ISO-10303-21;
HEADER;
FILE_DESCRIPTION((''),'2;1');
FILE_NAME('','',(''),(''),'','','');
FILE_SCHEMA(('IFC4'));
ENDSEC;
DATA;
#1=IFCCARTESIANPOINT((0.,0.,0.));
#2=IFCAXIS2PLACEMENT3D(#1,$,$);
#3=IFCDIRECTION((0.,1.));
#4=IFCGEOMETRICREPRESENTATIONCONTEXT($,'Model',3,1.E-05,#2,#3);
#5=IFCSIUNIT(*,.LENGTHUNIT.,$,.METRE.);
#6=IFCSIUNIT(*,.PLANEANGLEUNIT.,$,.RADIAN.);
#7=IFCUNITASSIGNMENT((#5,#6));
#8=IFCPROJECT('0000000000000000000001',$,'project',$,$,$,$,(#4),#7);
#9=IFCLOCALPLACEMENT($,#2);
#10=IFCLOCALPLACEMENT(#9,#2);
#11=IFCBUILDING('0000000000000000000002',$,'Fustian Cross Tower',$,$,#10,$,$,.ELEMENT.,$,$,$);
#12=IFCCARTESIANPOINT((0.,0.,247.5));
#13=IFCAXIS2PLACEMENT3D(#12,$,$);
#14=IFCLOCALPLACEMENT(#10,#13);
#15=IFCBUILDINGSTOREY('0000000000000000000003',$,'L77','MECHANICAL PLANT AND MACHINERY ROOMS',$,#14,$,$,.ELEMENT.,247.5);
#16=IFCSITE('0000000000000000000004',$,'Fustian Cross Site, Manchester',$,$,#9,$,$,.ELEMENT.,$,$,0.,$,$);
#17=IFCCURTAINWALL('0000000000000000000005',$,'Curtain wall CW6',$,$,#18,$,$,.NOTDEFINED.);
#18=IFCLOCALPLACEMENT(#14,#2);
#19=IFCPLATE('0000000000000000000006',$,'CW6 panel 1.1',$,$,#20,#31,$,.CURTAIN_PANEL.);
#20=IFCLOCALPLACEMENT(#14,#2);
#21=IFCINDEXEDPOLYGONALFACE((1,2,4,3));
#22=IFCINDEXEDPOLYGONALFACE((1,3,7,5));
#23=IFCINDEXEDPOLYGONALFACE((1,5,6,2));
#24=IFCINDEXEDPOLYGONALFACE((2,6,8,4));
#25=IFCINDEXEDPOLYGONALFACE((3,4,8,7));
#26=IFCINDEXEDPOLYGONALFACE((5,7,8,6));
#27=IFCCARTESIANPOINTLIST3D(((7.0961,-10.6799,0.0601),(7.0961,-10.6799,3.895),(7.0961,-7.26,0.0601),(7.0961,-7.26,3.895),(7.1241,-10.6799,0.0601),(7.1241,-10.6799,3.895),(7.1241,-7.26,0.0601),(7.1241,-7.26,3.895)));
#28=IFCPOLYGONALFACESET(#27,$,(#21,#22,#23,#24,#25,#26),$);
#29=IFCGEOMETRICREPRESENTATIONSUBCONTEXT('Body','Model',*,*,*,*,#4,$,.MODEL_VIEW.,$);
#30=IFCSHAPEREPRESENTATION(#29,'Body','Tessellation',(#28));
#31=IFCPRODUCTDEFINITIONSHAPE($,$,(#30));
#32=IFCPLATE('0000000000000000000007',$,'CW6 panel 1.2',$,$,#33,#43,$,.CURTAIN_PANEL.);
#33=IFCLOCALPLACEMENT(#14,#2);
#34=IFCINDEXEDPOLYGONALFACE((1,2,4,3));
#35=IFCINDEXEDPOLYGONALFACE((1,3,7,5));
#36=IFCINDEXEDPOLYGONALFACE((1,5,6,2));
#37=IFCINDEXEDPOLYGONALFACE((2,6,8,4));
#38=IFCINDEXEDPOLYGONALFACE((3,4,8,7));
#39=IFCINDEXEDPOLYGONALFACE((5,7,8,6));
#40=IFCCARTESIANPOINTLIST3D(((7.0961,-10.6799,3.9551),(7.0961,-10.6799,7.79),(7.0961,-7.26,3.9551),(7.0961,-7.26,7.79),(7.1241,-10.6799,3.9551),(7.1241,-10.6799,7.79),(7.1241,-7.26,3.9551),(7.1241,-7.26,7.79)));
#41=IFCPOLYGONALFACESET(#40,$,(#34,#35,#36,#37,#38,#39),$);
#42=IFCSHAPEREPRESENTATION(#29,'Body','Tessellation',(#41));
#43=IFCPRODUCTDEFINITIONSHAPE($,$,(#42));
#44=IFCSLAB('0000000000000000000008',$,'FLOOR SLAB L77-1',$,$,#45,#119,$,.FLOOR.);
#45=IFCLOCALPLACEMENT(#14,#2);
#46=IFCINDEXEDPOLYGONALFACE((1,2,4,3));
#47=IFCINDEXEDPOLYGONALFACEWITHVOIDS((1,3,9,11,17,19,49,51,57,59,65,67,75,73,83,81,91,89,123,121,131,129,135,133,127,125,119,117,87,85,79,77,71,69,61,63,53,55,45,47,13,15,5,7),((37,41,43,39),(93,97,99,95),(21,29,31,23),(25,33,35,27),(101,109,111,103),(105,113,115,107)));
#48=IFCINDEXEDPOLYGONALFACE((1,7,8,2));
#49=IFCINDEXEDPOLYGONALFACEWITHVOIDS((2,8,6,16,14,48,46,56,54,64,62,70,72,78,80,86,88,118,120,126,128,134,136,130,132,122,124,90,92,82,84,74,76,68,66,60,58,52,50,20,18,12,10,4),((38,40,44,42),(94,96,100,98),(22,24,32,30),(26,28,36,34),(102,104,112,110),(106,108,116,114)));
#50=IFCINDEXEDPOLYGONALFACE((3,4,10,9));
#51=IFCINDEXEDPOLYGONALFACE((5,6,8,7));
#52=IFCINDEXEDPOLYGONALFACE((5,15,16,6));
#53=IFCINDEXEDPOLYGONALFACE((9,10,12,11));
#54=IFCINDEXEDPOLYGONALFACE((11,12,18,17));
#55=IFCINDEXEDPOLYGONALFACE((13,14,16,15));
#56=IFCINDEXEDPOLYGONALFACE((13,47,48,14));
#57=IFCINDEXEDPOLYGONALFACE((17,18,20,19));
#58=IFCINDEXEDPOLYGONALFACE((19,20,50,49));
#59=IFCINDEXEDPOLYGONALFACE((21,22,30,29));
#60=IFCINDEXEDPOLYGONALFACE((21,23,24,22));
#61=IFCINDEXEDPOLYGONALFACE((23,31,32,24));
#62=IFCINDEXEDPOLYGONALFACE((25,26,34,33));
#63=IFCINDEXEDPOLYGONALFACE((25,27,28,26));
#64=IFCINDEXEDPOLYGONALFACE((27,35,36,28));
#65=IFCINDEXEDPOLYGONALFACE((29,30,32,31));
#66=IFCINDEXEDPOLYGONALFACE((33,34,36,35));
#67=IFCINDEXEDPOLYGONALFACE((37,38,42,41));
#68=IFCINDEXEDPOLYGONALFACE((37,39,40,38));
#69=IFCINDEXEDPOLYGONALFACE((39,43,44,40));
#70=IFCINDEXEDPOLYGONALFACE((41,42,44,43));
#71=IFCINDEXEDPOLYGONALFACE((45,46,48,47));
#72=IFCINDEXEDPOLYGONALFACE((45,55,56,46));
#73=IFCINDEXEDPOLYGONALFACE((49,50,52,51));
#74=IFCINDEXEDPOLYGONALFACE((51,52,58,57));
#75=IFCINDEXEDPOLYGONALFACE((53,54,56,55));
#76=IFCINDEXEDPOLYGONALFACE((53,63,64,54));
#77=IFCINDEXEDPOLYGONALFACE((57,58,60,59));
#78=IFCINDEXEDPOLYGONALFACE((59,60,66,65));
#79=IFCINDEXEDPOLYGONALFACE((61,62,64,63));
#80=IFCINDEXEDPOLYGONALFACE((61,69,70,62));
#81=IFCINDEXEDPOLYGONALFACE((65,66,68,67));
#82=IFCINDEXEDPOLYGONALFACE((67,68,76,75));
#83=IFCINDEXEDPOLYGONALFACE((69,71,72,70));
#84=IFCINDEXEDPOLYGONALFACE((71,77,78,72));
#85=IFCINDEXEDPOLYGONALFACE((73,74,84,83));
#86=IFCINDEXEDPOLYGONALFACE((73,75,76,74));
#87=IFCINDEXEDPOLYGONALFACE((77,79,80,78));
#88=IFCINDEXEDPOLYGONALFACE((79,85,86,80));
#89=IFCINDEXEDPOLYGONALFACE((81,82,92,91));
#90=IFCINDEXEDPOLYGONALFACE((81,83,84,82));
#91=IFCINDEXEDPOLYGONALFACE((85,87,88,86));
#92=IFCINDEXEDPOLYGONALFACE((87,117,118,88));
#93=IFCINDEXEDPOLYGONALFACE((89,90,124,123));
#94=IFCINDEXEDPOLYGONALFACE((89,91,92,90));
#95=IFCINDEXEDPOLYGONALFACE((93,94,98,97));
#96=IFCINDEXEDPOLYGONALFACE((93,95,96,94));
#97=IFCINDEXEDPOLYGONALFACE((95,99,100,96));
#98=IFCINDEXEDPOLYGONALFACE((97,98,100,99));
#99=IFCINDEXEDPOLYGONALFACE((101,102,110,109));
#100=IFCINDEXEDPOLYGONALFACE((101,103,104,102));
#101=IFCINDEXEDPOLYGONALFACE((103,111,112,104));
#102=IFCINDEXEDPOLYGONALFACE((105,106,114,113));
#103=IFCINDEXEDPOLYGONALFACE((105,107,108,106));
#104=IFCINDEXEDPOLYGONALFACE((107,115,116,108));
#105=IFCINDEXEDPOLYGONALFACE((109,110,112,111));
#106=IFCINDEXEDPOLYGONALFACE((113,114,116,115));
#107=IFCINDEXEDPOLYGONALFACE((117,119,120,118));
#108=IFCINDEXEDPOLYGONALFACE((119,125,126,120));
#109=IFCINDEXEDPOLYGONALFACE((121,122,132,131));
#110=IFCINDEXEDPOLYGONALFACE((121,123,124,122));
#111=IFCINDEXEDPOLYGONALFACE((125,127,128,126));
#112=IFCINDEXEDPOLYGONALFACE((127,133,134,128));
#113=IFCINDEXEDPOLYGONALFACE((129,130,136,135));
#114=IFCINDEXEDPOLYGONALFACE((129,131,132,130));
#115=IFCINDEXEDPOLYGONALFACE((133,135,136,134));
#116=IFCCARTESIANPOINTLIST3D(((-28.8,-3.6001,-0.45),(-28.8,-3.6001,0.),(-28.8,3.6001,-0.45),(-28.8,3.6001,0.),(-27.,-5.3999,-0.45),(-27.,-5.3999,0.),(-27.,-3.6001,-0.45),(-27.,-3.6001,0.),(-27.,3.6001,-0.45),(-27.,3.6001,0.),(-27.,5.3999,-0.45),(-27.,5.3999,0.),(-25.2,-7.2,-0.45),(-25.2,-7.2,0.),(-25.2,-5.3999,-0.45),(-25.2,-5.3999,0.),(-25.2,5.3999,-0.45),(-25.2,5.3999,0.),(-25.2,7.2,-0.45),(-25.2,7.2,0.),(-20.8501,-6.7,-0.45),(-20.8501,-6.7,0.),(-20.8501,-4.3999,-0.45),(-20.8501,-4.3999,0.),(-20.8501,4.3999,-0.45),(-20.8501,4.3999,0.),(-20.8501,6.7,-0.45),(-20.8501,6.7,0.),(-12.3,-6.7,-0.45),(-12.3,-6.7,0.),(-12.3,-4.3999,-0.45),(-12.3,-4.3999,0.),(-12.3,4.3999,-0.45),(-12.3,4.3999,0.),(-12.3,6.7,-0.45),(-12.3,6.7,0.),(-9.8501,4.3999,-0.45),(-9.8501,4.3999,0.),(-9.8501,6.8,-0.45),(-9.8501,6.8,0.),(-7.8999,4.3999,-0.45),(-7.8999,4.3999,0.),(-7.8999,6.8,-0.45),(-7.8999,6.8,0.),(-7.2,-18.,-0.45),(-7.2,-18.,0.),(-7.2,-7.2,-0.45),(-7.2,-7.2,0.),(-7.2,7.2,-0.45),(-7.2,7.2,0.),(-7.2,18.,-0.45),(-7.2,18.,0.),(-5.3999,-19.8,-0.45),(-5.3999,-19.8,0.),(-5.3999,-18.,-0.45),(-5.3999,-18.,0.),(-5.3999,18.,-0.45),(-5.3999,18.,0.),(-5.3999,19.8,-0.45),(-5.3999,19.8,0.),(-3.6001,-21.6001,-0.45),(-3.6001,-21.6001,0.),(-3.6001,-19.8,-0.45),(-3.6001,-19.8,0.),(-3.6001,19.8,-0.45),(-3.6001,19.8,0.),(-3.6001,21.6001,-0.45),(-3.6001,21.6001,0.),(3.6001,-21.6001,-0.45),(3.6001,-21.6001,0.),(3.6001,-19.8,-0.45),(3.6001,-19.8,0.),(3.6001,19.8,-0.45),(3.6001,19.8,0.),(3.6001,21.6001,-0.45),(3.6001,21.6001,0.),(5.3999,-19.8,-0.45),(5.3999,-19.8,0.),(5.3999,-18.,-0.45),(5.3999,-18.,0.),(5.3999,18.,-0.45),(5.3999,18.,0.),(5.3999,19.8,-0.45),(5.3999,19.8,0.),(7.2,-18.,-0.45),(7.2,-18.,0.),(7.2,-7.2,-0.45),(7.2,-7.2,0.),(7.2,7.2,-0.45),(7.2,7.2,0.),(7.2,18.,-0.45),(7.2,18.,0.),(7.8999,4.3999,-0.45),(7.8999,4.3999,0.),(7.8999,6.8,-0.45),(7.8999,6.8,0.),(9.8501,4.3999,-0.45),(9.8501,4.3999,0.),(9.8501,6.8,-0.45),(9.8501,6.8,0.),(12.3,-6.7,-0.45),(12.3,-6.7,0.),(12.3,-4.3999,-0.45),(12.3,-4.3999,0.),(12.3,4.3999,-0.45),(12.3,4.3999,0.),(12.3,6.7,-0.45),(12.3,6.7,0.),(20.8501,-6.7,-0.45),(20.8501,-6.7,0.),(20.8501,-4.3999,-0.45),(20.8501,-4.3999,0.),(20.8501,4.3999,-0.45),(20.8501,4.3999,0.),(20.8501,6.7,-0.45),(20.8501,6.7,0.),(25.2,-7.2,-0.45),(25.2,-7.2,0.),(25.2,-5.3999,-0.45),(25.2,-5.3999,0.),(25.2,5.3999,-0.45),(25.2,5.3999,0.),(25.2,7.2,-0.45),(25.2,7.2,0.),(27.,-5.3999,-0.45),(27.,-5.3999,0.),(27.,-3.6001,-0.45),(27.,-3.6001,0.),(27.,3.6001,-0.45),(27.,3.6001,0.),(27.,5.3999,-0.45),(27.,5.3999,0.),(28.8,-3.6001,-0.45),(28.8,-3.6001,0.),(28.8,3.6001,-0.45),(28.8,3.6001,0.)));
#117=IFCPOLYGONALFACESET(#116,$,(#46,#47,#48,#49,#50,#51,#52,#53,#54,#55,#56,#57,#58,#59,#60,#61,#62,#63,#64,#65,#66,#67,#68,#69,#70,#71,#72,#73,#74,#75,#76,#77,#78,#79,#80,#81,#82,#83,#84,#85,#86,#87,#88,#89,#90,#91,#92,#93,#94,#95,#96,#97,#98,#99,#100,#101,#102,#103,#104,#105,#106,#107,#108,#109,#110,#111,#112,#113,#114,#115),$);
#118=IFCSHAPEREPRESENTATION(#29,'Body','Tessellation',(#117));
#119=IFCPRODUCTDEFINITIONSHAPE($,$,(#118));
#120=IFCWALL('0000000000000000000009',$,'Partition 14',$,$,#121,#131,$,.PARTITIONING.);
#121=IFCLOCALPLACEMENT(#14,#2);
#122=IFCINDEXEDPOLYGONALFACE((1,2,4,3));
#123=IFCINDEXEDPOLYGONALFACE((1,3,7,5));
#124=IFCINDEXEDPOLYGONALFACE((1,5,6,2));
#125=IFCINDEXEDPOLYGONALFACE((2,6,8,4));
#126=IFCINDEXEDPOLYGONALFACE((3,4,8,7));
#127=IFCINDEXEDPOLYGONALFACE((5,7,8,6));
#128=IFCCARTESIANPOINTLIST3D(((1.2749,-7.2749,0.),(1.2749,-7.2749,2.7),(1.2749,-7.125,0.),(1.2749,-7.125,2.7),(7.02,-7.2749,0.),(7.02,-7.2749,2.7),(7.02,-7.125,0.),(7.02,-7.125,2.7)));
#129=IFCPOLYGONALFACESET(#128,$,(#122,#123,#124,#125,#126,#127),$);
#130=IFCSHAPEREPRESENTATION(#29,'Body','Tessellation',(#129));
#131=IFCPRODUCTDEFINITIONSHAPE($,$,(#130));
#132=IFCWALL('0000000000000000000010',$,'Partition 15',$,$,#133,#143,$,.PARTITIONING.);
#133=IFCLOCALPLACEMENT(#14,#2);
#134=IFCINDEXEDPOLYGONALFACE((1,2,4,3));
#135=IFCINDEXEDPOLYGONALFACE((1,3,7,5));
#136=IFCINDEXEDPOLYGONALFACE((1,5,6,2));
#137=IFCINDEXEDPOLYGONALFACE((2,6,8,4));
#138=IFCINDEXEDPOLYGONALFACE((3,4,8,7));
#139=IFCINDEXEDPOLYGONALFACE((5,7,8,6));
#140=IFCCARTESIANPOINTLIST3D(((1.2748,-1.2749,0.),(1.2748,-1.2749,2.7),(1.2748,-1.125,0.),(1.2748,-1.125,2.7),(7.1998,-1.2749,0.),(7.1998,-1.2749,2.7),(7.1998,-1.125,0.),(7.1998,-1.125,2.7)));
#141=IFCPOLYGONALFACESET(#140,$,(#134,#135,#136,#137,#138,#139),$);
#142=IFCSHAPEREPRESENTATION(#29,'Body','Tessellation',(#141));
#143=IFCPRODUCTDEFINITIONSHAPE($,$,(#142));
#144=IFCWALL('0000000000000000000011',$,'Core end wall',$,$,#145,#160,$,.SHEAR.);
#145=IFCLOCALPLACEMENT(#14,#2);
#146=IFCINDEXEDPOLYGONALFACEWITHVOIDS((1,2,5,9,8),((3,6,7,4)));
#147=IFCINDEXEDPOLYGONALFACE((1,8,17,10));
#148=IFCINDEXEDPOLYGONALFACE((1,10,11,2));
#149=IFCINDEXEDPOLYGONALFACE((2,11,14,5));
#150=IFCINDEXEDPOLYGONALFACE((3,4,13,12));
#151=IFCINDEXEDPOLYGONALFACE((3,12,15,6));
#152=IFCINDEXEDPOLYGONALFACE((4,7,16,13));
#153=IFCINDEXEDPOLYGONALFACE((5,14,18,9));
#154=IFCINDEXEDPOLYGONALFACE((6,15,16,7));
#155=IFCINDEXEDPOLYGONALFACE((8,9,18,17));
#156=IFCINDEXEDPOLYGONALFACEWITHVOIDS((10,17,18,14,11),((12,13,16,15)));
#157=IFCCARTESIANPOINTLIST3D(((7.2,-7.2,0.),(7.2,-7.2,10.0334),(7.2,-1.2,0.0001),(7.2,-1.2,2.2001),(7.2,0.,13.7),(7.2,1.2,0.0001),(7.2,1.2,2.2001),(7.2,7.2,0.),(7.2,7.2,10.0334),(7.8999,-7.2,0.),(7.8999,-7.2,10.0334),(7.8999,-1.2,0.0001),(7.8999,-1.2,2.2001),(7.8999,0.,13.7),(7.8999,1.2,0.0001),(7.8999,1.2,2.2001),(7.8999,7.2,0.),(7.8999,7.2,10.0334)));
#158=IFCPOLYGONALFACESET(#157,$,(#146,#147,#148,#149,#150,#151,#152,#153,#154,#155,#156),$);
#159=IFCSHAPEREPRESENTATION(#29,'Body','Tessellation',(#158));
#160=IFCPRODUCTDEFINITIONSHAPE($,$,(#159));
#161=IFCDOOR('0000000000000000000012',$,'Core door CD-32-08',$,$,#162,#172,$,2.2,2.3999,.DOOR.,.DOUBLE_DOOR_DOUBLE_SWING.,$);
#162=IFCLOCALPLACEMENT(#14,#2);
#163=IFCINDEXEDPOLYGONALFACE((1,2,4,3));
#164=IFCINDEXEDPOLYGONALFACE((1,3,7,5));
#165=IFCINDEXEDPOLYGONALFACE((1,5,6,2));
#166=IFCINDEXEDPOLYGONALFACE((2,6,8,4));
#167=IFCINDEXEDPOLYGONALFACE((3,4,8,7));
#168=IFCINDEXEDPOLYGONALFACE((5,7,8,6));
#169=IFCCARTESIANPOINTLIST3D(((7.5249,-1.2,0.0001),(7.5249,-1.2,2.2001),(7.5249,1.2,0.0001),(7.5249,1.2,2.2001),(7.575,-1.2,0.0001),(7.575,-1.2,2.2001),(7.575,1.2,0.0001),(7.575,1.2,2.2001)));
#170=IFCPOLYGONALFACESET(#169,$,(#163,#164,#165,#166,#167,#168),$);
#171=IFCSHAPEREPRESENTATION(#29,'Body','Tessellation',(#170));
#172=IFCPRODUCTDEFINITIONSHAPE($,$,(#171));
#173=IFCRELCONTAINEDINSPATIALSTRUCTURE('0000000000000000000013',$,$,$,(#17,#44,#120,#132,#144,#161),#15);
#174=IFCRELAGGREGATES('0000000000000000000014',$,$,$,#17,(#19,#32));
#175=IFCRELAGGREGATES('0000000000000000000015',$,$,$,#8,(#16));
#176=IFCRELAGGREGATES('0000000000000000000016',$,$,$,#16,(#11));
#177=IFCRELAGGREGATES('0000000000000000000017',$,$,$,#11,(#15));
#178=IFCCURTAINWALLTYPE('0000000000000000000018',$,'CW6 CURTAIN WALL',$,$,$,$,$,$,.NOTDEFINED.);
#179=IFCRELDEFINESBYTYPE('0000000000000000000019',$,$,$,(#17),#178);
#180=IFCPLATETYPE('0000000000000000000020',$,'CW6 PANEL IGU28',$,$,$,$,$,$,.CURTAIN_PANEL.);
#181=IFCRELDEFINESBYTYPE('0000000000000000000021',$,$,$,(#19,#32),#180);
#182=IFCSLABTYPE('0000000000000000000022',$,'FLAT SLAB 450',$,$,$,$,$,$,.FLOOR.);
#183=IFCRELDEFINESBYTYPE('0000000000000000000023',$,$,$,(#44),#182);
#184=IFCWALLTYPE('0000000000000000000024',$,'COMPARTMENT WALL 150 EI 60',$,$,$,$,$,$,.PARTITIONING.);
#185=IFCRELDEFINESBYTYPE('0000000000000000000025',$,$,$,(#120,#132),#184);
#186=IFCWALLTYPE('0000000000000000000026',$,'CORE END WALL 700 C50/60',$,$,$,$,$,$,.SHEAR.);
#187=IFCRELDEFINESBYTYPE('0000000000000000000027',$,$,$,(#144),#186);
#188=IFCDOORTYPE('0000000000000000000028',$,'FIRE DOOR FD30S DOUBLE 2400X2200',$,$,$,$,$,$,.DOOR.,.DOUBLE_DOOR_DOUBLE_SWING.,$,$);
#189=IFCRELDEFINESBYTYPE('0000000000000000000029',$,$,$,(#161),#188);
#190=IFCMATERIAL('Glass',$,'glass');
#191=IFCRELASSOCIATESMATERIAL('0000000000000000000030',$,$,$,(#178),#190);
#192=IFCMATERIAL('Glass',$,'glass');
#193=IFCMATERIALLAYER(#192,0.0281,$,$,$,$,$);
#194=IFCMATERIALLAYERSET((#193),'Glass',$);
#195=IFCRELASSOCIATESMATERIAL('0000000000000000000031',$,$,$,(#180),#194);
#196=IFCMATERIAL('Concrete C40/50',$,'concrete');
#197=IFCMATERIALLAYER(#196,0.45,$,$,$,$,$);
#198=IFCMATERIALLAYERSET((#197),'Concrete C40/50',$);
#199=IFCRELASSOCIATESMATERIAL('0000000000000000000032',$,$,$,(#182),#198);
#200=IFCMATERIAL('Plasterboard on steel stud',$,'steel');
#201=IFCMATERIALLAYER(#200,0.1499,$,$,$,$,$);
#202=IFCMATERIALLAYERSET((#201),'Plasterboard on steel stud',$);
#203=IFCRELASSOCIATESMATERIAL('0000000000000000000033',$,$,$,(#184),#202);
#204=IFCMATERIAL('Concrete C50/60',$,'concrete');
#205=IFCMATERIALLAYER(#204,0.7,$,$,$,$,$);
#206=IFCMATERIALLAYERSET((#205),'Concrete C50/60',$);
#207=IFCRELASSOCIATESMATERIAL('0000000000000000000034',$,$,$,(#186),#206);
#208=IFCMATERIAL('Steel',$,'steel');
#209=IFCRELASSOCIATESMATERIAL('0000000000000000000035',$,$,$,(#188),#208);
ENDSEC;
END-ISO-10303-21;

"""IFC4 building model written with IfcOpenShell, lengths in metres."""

from ifc_helpers import new_model, si_unit, direction, frame, frame_2d, origin, origin_2d, place, context, subcontext, project, spatial, polyline, rectangle, outline, extrude, material, layer, layer_set, type_object, element, fill, aggregate, save


model = new_model("IFC4")

# Units and contexts
model_context = context("Model", 3, precision=1e-05, world=origin(), true_north=direction((0.0, 1.0)))
body_context = subcontext(model_context, "Body", "Model", "MODEL_VIEW")
ifc_project = project(units=[si_unit("LENGTHUNIT", "METRE"), si_unit("PLANEANGLEUNIT", "RADIAN")], contexts=[model_context])

# Site, building, storey
site_placement = place(None, origin())
site = spatial("IfcSite", under=ifc_project, at=site_placement, Name="Fustian Cross Site, Manchester", CompositionType="ELEMENT", RefElevation=0.0)
building_placement = place(site_placement, origin())
building = spatial("IfcBuilding", under=site, at=building_placement, Name="Fustian Cross Tower", CompositionType="ELEMENT")
storey_placement = place(building_placement, frame((0.0, 0.0, 247.5)))
storey = spatial("IfcBuildingStorey", under=building, at=storey_placement, Name="L77", Description="MECHANICAL PLANT AND MACHINERY ROOMS", CompositionType="ELEMENT", Elevation=247.5)

# Curtain wall
ifc_material_1 = material(Name="Glass", Category="glass")
curtain_wall_type = type_object("IfcCurtainWallType", Name="CW6 CURTAIN WALL", PredefinedType="NOTDEFINED", material=ifc_material_1)
curtain_wall_placement = place(storey_placement, origin())
curtain_wall = element("IfcCurtainWall", 1, at=curtain_wall_placement, inside=storey, type_object=curtain_wall_type, Name="Curtain wall CW6", PredefinedType="NOTDEFINED")

# Plates
ifc_material_2 = material(Name="Glass", Category="glass")
ifc_layer_1 = layer(ifc_material_2, 0.0281)
ifc_layer_set_1 = layer_set([ifc_layer_1], Name="Glass")
plate_type = type_object("IfcPlateType", Name="CW6 PANEL IGU28", PredefinedType="CURTAIN_PANEL", material=ifc_layer_set_1)
plate_1_placement = place(storey_placement, frame((7.1101, -8.97, 0.0601), z_axis=(0.0, 0.0, 1.0), x_axis=(0.0, 1.0, 0.0)))
plate_1 = element("IfcPlate", 2, at=plate_1_placement, type_object=plate_type, Name="CW6 panel 1.1", PredefinedType="CURTAIN_PANEL", context=body_context, shape_type="SweptSolid", body=[
    extrude(rectangle(XDim=3.4199, YDim=0.0281, at=origin_2d()), origin(), (0.0, 0.0, 1.0), 3.835),
])
plate_2_placement = place(storey_placement, frame((7.1101, -8.97, 3.9551), z_axis=(0.0, 0.0, 1.0), x_axis=(0.0, 1.0, 0.0)))
plate_2 = element("IfcPlate", 3, at=plate_2_placement, type_object=plate_type, Name="CW6 panel 1.2", PredefinedType="CURTAIN_PANEL", context=body_context, shape_type="SweptSolid", body=[
    extrude(rectangle(XDim=3.4199, YDim=0.0281, at=origin_2d()), origin(), (0.0, 0.0, 1.0), 3.835),
])
aggregate(curtain_wall, [plate_1, plate_2])

# Slab
ifc_material_3 = material(Name="Concrete C40/50", Category="concrete")
ifc_layer_2 = layer(ifc_material_3, 0.45)
ifc_layer_set_2 = layer_set([ifc_layer_2], Name="Concrete C40/50")
slab_type = type_object("IfcSlabType", Name="FLAT SLAB 450", PredefinedType="FLOOR", material=ifc_layer_set_2)
slab_placement = place(storey_placement, frame((0.0, 0.0, -0.45)))
element("IfcSlab", 4, at=slab_placement, inside=storey, type_object=slab_type, Name="FLOOR SLAB L77-1", PredefinedType="FLOOR", context=body_context, shape_type="SweptSolid", body=[
    extrude(outline(polyline([(-3.6001, -21.6001), (-3.6001, -19.8), (-5.3999, -19.8), (-5.3999, -18.0), (-7.2, -18.0), (-7.2, -7.2), (-25.2, -7.2), (-25.2, -5.3999), (-27.0, -5.3999), (-27.0, -3.6001), (-28.8, -3.6001), (-28.8, 3.6001), (-27.0, 3.6001), (-27.0, 5.3999), (-25.2, 5.3999), (-25.2, 7.2), (-7.2, 7.2), (-7.2, 18.0), (-5.3999, 18.0), (-5.3999, 19.8), (-3.6001, 19.8), (-3.6001, 21.6001), (3.6001, 21.6001), (3.6001, 19.8), (5.3999, 19.8), (5.3999, 18.0), (7.2, 18.0), (7.2, 7.2), (25.2, 7.2), (25.2, 5.3999), (27.0, 5.3999), (27.0, 3.6001), (28.8, 3.6001), (28.8, -3.6001), (27.0, -3.6001), (27.0, -5.3999), (25.2, -5.3999), (25.2, -7.2), (7.2, -7.2), (7.2, -18.0), (5.3999, -18.0), (5.3999, -19.8), (3.6001, -19.8), (3.6001, -21.6001), (-3.6001, -21.6001)]), holes=[polyline([(7.8999, 6.8), (7.8999, 4.3999), (9.8501, 4.3999), (9.8501, 6.8), (7.8999, 6.8)]), polyline([(-7.8999, 6.8), (-9.8501, 6.8), (-9.8501, 4.3999), (-7.8999, 4.3999), (-7.8999, 6.8)]), polyline([(20.8501, 4.3999), (20.8501, 6.7), (12.3, 6.7), (12.3, 4.3999), (20.8501, 4.3999)]), polyline([(12.3, -6.7), (20.8501, -6.7), (20.8501, -4.3999), (12.3, -4.3999), (12.3, -6.7)]), polyline([(-20.8501, 6.7), (-20.8501, 4.3999), (-12.3, 4.3999), (-12.3, 6.7), (-20.8501, 6.7)]), polyline([(-12.3, -4.3999), (-20.8501, -4.3999), (-20.8501, -6.7), (-12.3, -6.7), (-12.3, -4.3999)])]), origin(), (0.0, 0.0, 1.0), 0.45),
])

# Walls
ifc_material_4 = material(Name="Plasterboard on steel stud", Category="steel")
ifc_layer_3 = layer(ifc_material_4, 0.1499)
ifc_layer_set_3 = layer_set([ifc_layer_3], Name="Plasterboard on steel stud")
wall_type_1 = type_object("IfcWallType", Name="COMPARTMENT WALL 150 EI 60", PredefinedType="PARTITIONING", material=ifc_layer_set_3)
wall_1_placement = place(storey_placement, frame((1.2749, -7.2, 0.0), z_axis=(0.0, 0.0, 1.0), x_axis=(1.0, 0.0, 0.0)))
element("IfcWall", 5, at=wall_1_placement, inside=storey, type_object=wall_type_1, Name="Partition 14", PredefinedType="PARTITIONING", context=body_context, shape_type="SweptSolid", body=[
    extrude(rectangle(XDim=5.7451, YDim=0.1499, at=frame_2d((2.8726, 0.0))), origin(), (0.0, 0.0, 1.0), 2.7),
])
wall_2_placement = place(storey_placement, frame((1.2749, -1.2, 0.0), z_axis=(0.0, 0.0, 1.0), x_axis=(1.0, 0.0, 0.0)))
element("IfcWall", 6, at=wall_2_placement, inside=storey, type_object=wall_type_1, Name="Partition 15", PredefinedType="PARTITIONING", context=body_context, shape_type="SweptSolid", body=[
    extrude(rectangle(XDim=5.925, YDim=0.1499, at=frame_2d((2.9624, 0.0))), origin(), (0.0, 0.0, 1.0), 2.7),
])

# Wall, opening, door
ifc_material_5 = material(Name="Concrete C50/60", Category="concrete")
ifc_layer_4 = layer(ifc_material_5, 0.7)
ifc_layer_set_4 = layer_set([ifc_layer_4], Name="Concrete C50/60")
wall_type_2 = type_object("IfcWallType", Name="CORE END WALL 700 C50/60", PredefinedType="SHEAR", material=ifc_layer_set_4)
wall_3_placement = place(storey_placement, frame((7.55, -7.2, 0.0), z_axis=(0.0, 0.0, 1.0), x_axis=(0.0, 1.0, 0.0)))
wall_3 = element("IfcWall", 7, at=wall_3_placement, inside=storey, type_object=wall_type_2, Name="Core end wall", PredefinedType="SHEAR", context=body_context, shape_type="SweptSolid", body=[
    extrude(outline(polyline([(0.0, 0.0), (14.3999, 0.0), (14.3999, 10.0334), (7.2, 13.7), (0.0, 10.0334), (0.0, 0.0)])), frame((0.0, 0.3501, 0.0), z_axis=(0.0, -1.0, 0.0), x_axis=(1.0, 0.0, 0.0)), (0.0, 0.0, 1.0), 0.7),
])
opening_1_placement = place(wall_3_placement, frame((6.0, 0.0, 0.0)))
opening_1 = element("IfcOpeningElement", 8, at=opening_1_placement, cuts=wall_3, PredefinedType="OPENING", context=body_context, shape_type="SweptSolid", body=[
    extrude(rectangle(XDim=2.3999, YDim=2.2, at=frame_2d((1.2, 1.1001))), frame((0.0, 0.3599, 0.0), z_axis=(0.0, -1.0, 0.0), x_axis=(1.0, 0.0, 0.0)), (0.0, 0.0, 1.0), 0.72),
])
ifc_material_6 = material(Name="Steel", Category="steel")
door_type_1 = type_object("IfcDoorType", Name="FIRE DOOR FD30S DOUBLE 2400X2200", OperationType="DOUBLE_DOOR_DOUBLE_SWING", PredefinedType="DOOR", material=ifc_material_6)
door_1_placement = place(opening_1_placement, frame((2.3999, 0.0, 0.0), z_axis=(0.0, 0.0, 1.0), x_axis=(-1.0, 0.0, 0.0)))
door_1 = element("IfcDoor", 9, at=door_1_placement, inside=storey, type_object=door_type_1, Name="Core door CD-32-08", OperationType="DOUBLE_DOOR_DOUBLE_SWING", OverallHeight=2.2, OverallWidth=2.3999, PredefinedType="DOOR", context=body_context, shape_type="SweptSolid", body=[
    extrude(rectangle(XDim=2.3999, YDim=2.2, at=frame_2d((1.2, 1.1001))), frame((0.0, 0.0249, 0.0), z_axis=(0.0, -1.0, 0.0), x_axis=(1.0, 0.0, 0.0)), (0.0, 0.0, 1.0), 0.05),
])
fill(opening_1, door_1)

save(model, "model.ifc")
